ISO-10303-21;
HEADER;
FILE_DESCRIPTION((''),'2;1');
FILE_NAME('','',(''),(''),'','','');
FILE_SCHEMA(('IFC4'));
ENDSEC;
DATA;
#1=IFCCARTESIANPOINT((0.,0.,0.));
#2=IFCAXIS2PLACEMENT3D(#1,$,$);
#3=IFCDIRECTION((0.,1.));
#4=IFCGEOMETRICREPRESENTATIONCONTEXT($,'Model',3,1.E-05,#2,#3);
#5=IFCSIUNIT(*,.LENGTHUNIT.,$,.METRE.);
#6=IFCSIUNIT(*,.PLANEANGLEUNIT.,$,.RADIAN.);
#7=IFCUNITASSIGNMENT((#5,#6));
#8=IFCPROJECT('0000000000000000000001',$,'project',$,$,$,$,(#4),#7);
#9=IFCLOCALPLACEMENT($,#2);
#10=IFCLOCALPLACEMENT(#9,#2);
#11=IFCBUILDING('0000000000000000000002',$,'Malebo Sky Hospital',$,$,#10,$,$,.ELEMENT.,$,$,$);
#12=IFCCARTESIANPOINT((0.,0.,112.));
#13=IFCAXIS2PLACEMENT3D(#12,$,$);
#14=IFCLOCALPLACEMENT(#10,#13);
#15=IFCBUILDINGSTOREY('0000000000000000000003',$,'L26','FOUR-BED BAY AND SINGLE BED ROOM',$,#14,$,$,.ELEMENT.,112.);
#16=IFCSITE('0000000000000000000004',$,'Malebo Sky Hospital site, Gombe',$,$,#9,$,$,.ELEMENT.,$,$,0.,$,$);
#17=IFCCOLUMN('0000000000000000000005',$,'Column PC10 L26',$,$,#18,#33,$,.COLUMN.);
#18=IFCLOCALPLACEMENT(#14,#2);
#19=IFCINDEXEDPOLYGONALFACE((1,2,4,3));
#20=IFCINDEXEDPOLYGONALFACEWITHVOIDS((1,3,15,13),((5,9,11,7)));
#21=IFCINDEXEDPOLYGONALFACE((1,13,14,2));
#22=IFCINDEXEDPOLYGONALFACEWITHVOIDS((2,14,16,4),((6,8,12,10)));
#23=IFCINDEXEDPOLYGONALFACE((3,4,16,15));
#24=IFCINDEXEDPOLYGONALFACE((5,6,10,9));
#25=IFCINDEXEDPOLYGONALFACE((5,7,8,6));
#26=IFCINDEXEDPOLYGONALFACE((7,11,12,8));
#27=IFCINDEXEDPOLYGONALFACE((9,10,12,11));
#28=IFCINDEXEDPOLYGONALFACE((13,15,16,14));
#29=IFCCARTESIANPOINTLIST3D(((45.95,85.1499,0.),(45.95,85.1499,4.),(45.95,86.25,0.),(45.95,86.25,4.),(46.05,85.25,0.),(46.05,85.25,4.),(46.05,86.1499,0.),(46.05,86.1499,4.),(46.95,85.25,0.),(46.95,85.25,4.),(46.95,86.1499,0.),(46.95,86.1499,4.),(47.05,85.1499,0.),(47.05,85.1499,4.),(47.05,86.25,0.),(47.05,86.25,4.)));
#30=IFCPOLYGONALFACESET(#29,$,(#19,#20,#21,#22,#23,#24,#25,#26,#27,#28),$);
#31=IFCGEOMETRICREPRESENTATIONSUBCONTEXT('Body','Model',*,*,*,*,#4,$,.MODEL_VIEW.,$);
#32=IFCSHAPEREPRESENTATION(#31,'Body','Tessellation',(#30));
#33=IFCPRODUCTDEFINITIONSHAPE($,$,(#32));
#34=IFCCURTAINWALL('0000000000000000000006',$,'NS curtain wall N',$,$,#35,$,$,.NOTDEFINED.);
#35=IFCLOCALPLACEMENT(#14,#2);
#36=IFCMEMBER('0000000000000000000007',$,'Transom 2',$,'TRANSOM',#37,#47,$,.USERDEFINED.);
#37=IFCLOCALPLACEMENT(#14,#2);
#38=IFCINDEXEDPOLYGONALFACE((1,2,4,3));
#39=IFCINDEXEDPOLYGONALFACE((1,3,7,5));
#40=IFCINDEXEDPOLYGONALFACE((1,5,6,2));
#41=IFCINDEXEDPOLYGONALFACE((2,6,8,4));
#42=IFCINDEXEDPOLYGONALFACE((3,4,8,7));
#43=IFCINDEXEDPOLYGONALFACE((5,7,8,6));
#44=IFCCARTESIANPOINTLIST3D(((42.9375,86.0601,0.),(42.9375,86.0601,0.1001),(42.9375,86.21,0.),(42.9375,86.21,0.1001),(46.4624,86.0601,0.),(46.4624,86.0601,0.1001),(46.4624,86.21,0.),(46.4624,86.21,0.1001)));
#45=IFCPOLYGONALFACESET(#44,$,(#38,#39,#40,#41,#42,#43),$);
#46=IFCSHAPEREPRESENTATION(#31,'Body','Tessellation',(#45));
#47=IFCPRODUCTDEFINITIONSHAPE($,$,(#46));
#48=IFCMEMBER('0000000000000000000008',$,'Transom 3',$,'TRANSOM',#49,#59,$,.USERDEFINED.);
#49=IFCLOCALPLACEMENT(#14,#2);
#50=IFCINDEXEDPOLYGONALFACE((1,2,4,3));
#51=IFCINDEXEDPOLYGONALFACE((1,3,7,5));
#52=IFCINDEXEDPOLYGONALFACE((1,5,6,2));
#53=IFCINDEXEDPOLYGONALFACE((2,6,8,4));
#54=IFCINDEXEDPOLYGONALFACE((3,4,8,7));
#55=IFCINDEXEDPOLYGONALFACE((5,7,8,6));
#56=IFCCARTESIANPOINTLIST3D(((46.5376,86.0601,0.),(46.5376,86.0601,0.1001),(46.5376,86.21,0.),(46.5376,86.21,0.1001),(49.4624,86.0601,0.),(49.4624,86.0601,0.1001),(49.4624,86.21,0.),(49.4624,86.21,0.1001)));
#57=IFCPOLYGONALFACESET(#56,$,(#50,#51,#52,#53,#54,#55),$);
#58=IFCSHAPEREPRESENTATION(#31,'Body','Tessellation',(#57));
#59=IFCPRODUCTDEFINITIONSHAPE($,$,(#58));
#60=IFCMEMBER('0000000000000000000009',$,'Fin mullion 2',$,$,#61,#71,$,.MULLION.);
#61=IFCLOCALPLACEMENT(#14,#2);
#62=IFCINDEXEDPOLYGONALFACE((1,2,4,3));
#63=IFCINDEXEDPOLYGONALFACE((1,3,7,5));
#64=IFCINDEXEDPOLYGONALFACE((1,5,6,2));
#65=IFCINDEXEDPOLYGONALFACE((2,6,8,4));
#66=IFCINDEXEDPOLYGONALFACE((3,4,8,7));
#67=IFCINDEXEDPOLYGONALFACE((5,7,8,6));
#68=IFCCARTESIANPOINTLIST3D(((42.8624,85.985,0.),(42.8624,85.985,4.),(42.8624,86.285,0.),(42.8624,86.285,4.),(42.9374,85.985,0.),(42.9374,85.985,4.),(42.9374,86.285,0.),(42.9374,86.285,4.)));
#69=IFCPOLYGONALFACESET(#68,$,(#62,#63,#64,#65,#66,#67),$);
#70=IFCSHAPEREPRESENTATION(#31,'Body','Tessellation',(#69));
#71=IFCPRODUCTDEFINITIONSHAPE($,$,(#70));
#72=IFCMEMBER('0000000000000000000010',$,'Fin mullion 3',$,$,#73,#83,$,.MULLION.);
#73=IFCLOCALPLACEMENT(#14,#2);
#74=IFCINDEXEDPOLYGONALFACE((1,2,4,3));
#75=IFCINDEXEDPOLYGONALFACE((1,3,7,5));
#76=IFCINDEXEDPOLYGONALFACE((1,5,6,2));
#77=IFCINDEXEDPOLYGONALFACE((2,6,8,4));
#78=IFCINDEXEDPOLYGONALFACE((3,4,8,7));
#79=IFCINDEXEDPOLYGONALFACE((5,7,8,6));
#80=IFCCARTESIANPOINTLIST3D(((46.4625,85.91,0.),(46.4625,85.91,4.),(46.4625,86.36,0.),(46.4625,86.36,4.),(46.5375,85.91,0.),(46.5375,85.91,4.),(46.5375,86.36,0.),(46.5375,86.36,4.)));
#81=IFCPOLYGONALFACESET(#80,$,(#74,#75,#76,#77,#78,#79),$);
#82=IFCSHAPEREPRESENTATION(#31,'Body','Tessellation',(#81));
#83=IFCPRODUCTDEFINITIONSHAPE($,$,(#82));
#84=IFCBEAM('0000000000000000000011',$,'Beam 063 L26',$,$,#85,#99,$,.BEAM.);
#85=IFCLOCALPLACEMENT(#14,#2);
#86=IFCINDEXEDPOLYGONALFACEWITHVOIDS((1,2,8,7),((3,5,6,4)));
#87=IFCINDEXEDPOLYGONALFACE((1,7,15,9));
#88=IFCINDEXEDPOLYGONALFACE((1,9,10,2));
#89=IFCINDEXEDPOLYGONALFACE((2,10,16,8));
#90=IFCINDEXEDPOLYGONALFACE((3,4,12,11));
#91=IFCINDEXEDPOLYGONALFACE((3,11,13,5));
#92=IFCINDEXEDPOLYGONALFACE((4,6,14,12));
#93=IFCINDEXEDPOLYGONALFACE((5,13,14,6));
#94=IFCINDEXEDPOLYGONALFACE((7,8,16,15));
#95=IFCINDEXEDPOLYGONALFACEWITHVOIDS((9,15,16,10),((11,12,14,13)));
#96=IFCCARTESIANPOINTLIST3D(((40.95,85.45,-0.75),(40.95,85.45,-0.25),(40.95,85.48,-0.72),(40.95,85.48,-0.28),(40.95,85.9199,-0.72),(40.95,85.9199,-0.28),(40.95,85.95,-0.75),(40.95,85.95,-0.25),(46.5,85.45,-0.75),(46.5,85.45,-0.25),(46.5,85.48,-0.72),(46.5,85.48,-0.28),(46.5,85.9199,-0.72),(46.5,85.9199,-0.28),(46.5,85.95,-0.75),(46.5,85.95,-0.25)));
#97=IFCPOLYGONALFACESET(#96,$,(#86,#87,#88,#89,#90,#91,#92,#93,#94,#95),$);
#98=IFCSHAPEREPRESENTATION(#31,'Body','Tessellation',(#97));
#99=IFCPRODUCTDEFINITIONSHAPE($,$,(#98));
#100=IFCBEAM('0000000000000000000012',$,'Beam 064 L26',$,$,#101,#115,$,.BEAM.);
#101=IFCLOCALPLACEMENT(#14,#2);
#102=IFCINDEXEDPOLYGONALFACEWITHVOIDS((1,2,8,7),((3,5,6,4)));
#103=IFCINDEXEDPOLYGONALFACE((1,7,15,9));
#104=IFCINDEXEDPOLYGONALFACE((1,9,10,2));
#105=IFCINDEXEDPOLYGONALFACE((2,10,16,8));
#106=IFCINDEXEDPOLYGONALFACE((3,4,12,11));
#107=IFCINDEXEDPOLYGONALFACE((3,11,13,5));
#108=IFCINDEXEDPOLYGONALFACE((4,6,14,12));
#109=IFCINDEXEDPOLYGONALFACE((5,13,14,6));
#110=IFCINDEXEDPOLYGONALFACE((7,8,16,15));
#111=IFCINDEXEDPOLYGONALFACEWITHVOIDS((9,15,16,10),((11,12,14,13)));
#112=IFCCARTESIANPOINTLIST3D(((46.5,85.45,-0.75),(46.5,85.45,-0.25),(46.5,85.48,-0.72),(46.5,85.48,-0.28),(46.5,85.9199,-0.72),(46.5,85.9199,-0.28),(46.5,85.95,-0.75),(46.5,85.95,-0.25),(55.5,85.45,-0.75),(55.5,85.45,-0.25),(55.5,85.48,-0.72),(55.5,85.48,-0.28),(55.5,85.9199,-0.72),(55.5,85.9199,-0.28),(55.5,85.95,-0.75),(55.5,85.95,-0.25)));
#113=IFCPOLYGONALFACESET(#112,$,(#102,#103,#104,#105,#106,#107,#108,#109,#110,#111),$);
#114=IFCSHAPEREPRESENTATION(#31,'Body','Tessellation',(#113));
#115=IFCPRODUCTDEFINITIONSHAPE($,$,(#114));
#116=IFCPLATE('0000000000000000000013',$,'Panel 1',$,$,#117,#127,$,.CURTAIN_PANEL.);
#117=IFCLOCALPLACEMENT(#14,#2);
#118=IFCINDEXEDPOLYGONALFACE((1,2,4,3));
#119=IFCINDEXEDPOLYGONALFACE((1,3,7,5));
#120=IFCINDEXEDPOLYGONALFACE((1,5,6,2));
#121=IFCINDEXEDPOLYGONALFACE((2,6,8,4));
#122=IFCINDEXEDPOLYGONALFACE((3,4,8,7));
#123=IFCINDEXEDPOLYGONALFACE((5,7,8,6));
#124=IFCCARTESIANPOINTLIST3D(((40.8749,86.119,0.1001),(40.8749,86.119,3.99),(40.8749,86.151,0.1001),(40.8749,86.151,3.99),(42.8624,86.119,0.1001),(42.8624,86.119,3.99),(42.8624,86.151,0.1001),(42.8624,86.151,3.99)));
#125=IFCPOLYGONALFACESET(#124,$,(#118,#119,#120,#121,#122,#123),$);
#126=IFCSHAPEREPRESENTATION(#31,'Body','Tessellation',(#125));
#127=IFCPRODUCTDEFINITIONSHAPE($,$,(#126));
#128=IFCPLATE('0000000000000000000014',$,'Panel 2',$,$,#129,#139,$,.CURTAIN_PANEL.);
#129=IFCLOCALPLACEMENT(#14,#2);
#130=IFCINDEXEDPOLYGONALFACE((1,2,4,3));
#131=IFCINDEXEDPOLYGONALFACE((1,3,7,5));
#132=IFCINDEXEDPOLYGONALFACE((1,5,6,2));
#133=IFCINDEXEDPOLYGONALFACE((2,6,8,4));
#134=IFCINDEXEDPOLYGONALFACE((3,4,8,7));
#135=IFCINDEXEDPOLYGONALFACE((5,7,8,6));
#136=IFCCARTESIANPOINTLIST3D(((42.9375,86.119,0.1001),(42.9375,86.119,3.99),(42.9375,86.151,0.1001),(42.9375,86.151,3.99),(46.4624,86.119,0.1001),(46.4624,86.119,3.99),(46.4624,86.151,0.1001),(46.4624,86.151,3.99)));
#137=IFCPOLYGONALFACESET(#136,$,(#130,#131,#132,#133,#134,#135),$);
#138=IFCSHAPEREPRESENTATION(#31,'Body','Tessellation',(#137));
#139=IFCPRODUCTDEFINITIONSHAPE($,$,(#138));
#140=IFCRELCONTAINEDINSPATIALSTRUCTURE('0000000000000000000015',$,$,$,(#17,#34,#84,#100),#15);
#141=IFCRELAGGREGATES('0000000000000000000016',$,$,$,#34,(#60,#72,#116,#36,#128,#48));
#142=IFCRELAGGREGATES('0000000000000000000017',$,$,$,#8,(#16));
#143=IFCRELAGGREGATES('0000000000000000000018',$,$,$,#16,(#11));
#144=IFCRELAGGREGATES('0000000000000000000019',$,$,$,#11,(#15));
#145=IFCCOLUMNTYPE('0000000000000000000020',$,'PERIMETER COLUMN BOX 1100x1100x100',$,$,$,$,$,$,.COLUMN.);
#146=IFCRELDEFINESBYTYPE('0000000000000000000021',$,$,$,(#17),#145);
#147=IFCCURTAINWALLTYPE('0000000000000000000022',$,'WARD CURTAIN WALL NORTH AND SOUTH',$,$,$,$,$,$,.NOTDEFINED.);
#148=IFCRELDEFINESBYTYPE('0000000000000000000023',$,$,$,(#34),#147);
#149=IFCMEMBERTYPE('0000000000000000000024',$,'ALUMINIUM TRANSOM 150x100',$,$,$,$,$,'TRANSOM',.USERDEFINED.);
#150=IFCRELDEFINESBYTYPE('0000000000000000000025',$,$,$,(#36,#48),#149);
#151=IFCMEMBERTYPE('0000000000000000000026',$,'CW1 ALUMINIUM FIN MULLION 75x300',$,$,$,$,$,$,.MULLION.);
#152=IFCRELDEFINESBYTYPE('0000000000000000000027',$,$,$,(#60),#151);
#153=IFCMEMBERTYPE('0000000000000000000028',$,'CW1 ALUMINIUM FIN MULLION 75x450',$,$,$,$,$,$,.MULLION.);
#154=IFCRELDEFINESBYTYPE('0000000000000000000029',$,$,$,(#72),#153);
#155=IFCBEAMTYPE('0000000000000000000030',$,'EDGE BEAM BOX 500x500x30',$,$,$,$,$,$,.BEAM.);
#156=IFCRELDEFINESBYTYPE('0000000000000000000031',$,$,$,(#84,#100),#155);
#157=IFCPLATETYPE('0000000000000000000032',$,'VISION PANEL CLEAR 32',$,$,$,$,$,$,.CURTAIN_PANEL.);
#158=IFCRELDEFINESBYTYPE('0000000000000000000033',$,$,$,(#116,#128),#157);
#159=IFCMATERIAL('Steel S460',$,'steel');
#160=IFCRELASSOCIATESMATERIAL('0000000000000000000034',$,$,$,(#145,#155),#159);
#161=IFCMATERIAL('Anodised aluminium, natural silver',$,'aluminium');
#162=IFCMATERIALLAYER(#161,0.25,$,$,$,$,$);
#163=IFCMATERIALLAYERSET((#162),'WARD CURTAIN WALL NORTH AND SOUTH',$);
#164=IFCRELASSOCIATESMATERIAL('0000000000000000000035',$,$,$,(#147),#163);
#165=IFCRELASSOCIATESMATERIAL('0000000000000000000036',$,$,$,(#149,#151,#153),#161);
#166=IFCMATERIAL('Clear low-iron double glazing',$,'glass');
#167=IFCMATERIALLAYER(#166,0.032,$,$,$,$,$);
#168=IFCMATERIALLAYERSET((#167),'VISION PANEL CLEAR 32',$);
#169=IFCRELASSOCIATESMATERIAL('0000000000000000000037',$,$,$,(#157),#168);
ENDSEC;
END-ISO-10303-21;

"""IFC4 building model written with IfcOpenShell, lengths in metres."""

from ifc_helpers import new_model, si_unit, direction, frame, origin, origin_2d, place, context, subcontext, project, spatial, rectangle, hollow_rectangle, extrude, material, layer, layer_set, material_profile, profile_set, type_object, element, aggregate, save


model = new_model("IFC4")

# Units and contexts
model_context = context("Model", 3, precision=1e-05, world=origin(), true_north=direction((0.0, 1.0)))
body_context = subcontext(model_context, "Body", "Model", "MODEL_VIEW")
ifc_project = project(units=[si_unit("LENGTHUNIT", "METRE"), si_unit("PLANEANGLEUNIT", "RADIAN")], contexts=[model_context])

# Site, building, storey
site_placement = place(None, origin())
site = spatial("IfcSite", under=ifc_project, at=site_placement, Name="Malebo Sky Hospital site, Gombe", CompositionType="ELEMENT", RefElevation=0.0)
building_placement = place(site_placement, origin())
building = spatial("IfcBuilding", under=site, at=building_placement, Name="Malebo Sky Hospital", CompositionType="ELEMENT")
storey_placement = place(building_placement, frame((0.0, 0.0, 112.0)))
storey = spatial("IfcBuildingStorey", under=building, at=storey_placement, Name="L26", Description="FOUR-BED BAY AND SINGLE BED ROOM", CompositionType="ELEMENT", Elevation=112.0)

# Column
ifc_material_1 = material(Name="Steel S460", Category="steel")
ifc_material_profile_1 = material_profile(ifc_material_1, hollow_rectangle(XDim=1.1001, YDim=1.1001, WallThickness=0.1001, at=origin_2d()), Name="BOX 1100x1100x100")
ifc_profile_set_1 = profile_set([ifc_material_profile_1], Name="Steel S460")
column_type = type_object("IfcColumnType", Name="PERIMETER COLUMN BOX 1100x1100x100", PredefinedType="COLUMN", material=ifc_profile_set_1)
column_placement = place(storey_placement, frame((46.5, 85.7, 0.0), z_axis=(0.0, 0.0, 1.0), x_axis=(1.0, 0.0, 0.0)))
element("IfcColumn", 1, at=column_placement, inside=storey, type_object=column_type, Name="Column PC10 L26", PredefinedType="COLUMN", context=body_context, shape_type="SweptSolid", body=[
    extrude(hollow_rectangle(XDim=1.1001, YDim=1.1001, WallThickness=0.1001, at=origin_2d()), origin(), (0.0, 0.0, 1.0), 4.0),
])

# Curtain wall, members
ifc_material_2 = material(Name="Anodised aluminium, natural silver", Category="aluminium")
ifc_layer_1 = layer(ifc_material_2, 0.25)
ifc_layer_set_1 = layer_set([ifc_layer_1], Name="WARD CURTAIN WALL NORTH AND SOUTH")
curtain_wall_type = type_object("IfcCurtainWallType", Name="WARD CURTAIN WALL NORTH AND SOUTH", PredefinedType="NOTDEFINED", material=ifc_layer_set_1)
curtain_wall_placement = place(storey_placement, origin())
curtain_wall = element("IfcCurtainWall", 2, at=curtain_wall_placement, inside=storey, type_object=curtain_wall_type, Name="NS curtain wall N", PredefinedType="NOTDEFINED")
ifc_material_profile_2 = material_profile(ifc_material_2, rectangle(XDim=0.1499, YDim=0.1001, at=origin_2d()), Name="ALUMINIUM TRANSOM 150x100")
ifc_profile_set_2 = profile_set([ifc_material_profile_2], Name="Anodised aluminium, natural silver")
member_type_1 = type_object("IfcMemberType", Name="ALUMINIUM TRANSOM 150x100", ElementType="TRANSOM", PredefinedType="USERDEFINED", material=ifc_profile_set_2)
member_1_placement = place(storey_placement, frame((42.9375, 86.135, 0.05), z_axis=(1.0, 0.0, 0.0), x_axis=(0.0, 1.0, 0.0)))
member_1 = element("IfcMember", 3, at=member_1_placement, type_object=member_type_1, Name="Transom 2", ObjectType="TRANSOM", PredefinedType="USERDEFINED", context=body_context, shape_type="SweptSolid", body=[
    extrude(rectangle(XDim=0.1499, YDim=0.1001, at=origin_2d()), origin(), (0.0, 0.0, 1.0), 3.5249),
])
member_2_placement = place(storey_placement, frame((46.5376, 86.135, 0.05), z_axis=(1.0, 0.0, 0.0), x_axis=(0.0, 1.0, 0.0)))
member_2 = element("IfcMember", 4, at=member_2_placement, type_object=member_type_1, Name="Transom 3", ObjectType="TRANSOM", PredefinedType="USERDEFINED", context=body_context, shape_type="SweptSolid", body=[
    extrude(rectangle(XDim=0.1499, YDim=0.1001, at=origin_2d()), origin(), (0.0, 0.0, 1.0), 2.9248),
])
ifc_material_profile_3 = material_profile(ifc_material_2, rectangle(XDim=0.075, YDim=0.3, at=origin_2d()), Name="CW1 ALUMINIUM FIN MULLION 75x300")
ifc_profile_set_3 = profile_set([ifc_material_profile_3], Name="Anodised aluminium, natural silver")
member_type_2 = type_object("IfcMemberType", Name="CW1 ALUMINIUM FIN MULLION 75x300", PredefinedType="MULLION", material=ifc_profile_set_3)
member_3_placement = place(storey_placement, frame((42.8999, 86.135, 0.0), z_axis=(0.0, 0.0, 1.0), x_axis=(1.0, 0.0, 0.0)))
member_3 = element("IfcMember", 5, at=member_3_placement, type_object=member_type_2, Name="Fin mullion 2", PredefinedType="MULLION", context=body_context, shape_type="SweptSolid", body=[
    extrude(rectangle(XDim=0.075, YDim=0.3, at=origin_2d()), origin(), (0.0, 0.0, 1.0), 4.0),
])
ifc_material_profile_4 = material_profile(ifc_material_2, rectangle(XDim=0.075, YDim=0.45, at=origin_2d()), Name="CW1 ALUMINIUM FIN MULLION 75x450")
ifc_profile_set_4 = profile_set([ifc_material_profile_4], Name="Anodised aluminium, natural silver")
member_type_3 = type_object("IfcMemberType", Name="CW1 ALUMINIUM FIN MULLION 75x450", PredefinedType="MULLION", material=ifc_profile_set_4)
member_4_placement = place(storey_placement, frame((46.5, 86.135, 0.0), z_axis=(0.0, 0.0, 1.0), x_axis=(1.0, 0.0, 0.0)))
member_4 = element("IfcMember", 6, at=member_4_placement, type_object=member_type_3, Name="Fin mullion 3", PredefinedType="MULLION", context=body_context, shape_type="SweptSolid", body=[
    extrude(rectangle(XDim=0.075, YDim=0.45, at=origin_2d()), origin(), (0.0, 0.0, 1.0), 4.0),
])

# Beams
ifc_material_profile_5 = material_profile(ifc_material_1, hollow_rectangle(XDim=0.5, YDim=0.5, WallThickness=0.03, at=origin_2d()), Name="BOX 500x500x30")
ifc_profile_set_5 = profile_set([ifc_material_profile_5], Name="Steel S460")
beam_type = type_object("IfcBeamType", Name="EDGE BEAM BOX 500x500x30", PredefinedType="BEAM", material=ifc_profile_set_5)
beam_1_placement = place(storey_placement, frame((40.95, 85.7, -0.5), z_axis=(1.0, 0.0, 0.0), x_axis=(0.0, 1.0, 0.0)))
element("IfcBeam", 7, at=beam_1_placement, inside=storey, type_object=beam_type, Name="Beam 063 L26", PredefinedType="BEAM", context=body_context, shape_type="SweptSolid", body=[
    extrude(hollow_rectangle(XDim=0.5, YDim=0.5, WallThickness=0.03, at=origin_2d()), origin(), (0.0, 0.0, 1.0), 5.55),
])
beam_2_placement = place(storey_placement, frame((46.5, 85.7, -0.5), z_axis=(1.0, 0.0, 0.0), x_axis=(0.0, 1.0, 0.0)))
element("IfcBeam", 8, at=beam_2_placement, inside=storey, type_object=beam_type, Name="Beam 064 L26", PredefinedType="BEAM", context=body_context, shape_type="SweptSolid", body=[
    extrude(hollow_rectangle(XDim=0.5, YDim=0.5, WallThickness=0.03, at=origin_2d()), origin(), (0.0, 0.0, 1.0), 9.0),
])

# Plates
ifc_material_3 = material(Name="Clear low-iron double glazing", Category="glass")
ifc_layer_2 = layer(ifc_material_3, 0.032)
ifc_layer_set_2 = layer_set([ifc_layer_2], Name="VISION PANEL CLEAR 32")
plate_type = type_object("IfcPlateType", Name="VISION PANEL CLEAR 32", PredefinedType="CURTAIN_PANEL", material=ifc_layer_set_2)
plate_1_placement = place(storey_placement, frame((41.8687, 86.135, 0.1001), z_axis=(0.0, 0.0, 1.0), x_axis=(1.0, 0.0, 0.0)))
plate_1 = element("IfcPlate", 9, at=plate_1_placement, type_object=plate_type, Name="Panel 1", PredefinedType="CURTAIN_PANEL", context=body_context, shape_type="SweptSolid", body=[
    extrude(rectangle(XDim=1.9875, YDim=0.032, at=origin_2d()), origin(), (0.0, 0.0, 1.0), 3.8899),
])
plate_2_placement = place(storey_placement, frame((44.7, 86.135, 0.1001), z_axis=(0.0, 0.0, 1.0), x_axis=(1.0, 0.0, 0.0)))
plate_2 = element("IfcPlate", 10, at=plate_2_placement, type_object=plate_type, Name="Panel 2", PredefinedType="CURTAIN_PANEL", context=body_context, shape_type="SweptSolid", body=[
    extrude(rectangle(XDim=3.5249, YDim=0.032, at=origin_2d()), origin(), (0.0, 0.0, 1.0), 3.8899),
])
aggregate(curtain_wall, [member_3, member_4, plate_1, member_1, plate_2, member_2])

save(model, "model.ifc")
